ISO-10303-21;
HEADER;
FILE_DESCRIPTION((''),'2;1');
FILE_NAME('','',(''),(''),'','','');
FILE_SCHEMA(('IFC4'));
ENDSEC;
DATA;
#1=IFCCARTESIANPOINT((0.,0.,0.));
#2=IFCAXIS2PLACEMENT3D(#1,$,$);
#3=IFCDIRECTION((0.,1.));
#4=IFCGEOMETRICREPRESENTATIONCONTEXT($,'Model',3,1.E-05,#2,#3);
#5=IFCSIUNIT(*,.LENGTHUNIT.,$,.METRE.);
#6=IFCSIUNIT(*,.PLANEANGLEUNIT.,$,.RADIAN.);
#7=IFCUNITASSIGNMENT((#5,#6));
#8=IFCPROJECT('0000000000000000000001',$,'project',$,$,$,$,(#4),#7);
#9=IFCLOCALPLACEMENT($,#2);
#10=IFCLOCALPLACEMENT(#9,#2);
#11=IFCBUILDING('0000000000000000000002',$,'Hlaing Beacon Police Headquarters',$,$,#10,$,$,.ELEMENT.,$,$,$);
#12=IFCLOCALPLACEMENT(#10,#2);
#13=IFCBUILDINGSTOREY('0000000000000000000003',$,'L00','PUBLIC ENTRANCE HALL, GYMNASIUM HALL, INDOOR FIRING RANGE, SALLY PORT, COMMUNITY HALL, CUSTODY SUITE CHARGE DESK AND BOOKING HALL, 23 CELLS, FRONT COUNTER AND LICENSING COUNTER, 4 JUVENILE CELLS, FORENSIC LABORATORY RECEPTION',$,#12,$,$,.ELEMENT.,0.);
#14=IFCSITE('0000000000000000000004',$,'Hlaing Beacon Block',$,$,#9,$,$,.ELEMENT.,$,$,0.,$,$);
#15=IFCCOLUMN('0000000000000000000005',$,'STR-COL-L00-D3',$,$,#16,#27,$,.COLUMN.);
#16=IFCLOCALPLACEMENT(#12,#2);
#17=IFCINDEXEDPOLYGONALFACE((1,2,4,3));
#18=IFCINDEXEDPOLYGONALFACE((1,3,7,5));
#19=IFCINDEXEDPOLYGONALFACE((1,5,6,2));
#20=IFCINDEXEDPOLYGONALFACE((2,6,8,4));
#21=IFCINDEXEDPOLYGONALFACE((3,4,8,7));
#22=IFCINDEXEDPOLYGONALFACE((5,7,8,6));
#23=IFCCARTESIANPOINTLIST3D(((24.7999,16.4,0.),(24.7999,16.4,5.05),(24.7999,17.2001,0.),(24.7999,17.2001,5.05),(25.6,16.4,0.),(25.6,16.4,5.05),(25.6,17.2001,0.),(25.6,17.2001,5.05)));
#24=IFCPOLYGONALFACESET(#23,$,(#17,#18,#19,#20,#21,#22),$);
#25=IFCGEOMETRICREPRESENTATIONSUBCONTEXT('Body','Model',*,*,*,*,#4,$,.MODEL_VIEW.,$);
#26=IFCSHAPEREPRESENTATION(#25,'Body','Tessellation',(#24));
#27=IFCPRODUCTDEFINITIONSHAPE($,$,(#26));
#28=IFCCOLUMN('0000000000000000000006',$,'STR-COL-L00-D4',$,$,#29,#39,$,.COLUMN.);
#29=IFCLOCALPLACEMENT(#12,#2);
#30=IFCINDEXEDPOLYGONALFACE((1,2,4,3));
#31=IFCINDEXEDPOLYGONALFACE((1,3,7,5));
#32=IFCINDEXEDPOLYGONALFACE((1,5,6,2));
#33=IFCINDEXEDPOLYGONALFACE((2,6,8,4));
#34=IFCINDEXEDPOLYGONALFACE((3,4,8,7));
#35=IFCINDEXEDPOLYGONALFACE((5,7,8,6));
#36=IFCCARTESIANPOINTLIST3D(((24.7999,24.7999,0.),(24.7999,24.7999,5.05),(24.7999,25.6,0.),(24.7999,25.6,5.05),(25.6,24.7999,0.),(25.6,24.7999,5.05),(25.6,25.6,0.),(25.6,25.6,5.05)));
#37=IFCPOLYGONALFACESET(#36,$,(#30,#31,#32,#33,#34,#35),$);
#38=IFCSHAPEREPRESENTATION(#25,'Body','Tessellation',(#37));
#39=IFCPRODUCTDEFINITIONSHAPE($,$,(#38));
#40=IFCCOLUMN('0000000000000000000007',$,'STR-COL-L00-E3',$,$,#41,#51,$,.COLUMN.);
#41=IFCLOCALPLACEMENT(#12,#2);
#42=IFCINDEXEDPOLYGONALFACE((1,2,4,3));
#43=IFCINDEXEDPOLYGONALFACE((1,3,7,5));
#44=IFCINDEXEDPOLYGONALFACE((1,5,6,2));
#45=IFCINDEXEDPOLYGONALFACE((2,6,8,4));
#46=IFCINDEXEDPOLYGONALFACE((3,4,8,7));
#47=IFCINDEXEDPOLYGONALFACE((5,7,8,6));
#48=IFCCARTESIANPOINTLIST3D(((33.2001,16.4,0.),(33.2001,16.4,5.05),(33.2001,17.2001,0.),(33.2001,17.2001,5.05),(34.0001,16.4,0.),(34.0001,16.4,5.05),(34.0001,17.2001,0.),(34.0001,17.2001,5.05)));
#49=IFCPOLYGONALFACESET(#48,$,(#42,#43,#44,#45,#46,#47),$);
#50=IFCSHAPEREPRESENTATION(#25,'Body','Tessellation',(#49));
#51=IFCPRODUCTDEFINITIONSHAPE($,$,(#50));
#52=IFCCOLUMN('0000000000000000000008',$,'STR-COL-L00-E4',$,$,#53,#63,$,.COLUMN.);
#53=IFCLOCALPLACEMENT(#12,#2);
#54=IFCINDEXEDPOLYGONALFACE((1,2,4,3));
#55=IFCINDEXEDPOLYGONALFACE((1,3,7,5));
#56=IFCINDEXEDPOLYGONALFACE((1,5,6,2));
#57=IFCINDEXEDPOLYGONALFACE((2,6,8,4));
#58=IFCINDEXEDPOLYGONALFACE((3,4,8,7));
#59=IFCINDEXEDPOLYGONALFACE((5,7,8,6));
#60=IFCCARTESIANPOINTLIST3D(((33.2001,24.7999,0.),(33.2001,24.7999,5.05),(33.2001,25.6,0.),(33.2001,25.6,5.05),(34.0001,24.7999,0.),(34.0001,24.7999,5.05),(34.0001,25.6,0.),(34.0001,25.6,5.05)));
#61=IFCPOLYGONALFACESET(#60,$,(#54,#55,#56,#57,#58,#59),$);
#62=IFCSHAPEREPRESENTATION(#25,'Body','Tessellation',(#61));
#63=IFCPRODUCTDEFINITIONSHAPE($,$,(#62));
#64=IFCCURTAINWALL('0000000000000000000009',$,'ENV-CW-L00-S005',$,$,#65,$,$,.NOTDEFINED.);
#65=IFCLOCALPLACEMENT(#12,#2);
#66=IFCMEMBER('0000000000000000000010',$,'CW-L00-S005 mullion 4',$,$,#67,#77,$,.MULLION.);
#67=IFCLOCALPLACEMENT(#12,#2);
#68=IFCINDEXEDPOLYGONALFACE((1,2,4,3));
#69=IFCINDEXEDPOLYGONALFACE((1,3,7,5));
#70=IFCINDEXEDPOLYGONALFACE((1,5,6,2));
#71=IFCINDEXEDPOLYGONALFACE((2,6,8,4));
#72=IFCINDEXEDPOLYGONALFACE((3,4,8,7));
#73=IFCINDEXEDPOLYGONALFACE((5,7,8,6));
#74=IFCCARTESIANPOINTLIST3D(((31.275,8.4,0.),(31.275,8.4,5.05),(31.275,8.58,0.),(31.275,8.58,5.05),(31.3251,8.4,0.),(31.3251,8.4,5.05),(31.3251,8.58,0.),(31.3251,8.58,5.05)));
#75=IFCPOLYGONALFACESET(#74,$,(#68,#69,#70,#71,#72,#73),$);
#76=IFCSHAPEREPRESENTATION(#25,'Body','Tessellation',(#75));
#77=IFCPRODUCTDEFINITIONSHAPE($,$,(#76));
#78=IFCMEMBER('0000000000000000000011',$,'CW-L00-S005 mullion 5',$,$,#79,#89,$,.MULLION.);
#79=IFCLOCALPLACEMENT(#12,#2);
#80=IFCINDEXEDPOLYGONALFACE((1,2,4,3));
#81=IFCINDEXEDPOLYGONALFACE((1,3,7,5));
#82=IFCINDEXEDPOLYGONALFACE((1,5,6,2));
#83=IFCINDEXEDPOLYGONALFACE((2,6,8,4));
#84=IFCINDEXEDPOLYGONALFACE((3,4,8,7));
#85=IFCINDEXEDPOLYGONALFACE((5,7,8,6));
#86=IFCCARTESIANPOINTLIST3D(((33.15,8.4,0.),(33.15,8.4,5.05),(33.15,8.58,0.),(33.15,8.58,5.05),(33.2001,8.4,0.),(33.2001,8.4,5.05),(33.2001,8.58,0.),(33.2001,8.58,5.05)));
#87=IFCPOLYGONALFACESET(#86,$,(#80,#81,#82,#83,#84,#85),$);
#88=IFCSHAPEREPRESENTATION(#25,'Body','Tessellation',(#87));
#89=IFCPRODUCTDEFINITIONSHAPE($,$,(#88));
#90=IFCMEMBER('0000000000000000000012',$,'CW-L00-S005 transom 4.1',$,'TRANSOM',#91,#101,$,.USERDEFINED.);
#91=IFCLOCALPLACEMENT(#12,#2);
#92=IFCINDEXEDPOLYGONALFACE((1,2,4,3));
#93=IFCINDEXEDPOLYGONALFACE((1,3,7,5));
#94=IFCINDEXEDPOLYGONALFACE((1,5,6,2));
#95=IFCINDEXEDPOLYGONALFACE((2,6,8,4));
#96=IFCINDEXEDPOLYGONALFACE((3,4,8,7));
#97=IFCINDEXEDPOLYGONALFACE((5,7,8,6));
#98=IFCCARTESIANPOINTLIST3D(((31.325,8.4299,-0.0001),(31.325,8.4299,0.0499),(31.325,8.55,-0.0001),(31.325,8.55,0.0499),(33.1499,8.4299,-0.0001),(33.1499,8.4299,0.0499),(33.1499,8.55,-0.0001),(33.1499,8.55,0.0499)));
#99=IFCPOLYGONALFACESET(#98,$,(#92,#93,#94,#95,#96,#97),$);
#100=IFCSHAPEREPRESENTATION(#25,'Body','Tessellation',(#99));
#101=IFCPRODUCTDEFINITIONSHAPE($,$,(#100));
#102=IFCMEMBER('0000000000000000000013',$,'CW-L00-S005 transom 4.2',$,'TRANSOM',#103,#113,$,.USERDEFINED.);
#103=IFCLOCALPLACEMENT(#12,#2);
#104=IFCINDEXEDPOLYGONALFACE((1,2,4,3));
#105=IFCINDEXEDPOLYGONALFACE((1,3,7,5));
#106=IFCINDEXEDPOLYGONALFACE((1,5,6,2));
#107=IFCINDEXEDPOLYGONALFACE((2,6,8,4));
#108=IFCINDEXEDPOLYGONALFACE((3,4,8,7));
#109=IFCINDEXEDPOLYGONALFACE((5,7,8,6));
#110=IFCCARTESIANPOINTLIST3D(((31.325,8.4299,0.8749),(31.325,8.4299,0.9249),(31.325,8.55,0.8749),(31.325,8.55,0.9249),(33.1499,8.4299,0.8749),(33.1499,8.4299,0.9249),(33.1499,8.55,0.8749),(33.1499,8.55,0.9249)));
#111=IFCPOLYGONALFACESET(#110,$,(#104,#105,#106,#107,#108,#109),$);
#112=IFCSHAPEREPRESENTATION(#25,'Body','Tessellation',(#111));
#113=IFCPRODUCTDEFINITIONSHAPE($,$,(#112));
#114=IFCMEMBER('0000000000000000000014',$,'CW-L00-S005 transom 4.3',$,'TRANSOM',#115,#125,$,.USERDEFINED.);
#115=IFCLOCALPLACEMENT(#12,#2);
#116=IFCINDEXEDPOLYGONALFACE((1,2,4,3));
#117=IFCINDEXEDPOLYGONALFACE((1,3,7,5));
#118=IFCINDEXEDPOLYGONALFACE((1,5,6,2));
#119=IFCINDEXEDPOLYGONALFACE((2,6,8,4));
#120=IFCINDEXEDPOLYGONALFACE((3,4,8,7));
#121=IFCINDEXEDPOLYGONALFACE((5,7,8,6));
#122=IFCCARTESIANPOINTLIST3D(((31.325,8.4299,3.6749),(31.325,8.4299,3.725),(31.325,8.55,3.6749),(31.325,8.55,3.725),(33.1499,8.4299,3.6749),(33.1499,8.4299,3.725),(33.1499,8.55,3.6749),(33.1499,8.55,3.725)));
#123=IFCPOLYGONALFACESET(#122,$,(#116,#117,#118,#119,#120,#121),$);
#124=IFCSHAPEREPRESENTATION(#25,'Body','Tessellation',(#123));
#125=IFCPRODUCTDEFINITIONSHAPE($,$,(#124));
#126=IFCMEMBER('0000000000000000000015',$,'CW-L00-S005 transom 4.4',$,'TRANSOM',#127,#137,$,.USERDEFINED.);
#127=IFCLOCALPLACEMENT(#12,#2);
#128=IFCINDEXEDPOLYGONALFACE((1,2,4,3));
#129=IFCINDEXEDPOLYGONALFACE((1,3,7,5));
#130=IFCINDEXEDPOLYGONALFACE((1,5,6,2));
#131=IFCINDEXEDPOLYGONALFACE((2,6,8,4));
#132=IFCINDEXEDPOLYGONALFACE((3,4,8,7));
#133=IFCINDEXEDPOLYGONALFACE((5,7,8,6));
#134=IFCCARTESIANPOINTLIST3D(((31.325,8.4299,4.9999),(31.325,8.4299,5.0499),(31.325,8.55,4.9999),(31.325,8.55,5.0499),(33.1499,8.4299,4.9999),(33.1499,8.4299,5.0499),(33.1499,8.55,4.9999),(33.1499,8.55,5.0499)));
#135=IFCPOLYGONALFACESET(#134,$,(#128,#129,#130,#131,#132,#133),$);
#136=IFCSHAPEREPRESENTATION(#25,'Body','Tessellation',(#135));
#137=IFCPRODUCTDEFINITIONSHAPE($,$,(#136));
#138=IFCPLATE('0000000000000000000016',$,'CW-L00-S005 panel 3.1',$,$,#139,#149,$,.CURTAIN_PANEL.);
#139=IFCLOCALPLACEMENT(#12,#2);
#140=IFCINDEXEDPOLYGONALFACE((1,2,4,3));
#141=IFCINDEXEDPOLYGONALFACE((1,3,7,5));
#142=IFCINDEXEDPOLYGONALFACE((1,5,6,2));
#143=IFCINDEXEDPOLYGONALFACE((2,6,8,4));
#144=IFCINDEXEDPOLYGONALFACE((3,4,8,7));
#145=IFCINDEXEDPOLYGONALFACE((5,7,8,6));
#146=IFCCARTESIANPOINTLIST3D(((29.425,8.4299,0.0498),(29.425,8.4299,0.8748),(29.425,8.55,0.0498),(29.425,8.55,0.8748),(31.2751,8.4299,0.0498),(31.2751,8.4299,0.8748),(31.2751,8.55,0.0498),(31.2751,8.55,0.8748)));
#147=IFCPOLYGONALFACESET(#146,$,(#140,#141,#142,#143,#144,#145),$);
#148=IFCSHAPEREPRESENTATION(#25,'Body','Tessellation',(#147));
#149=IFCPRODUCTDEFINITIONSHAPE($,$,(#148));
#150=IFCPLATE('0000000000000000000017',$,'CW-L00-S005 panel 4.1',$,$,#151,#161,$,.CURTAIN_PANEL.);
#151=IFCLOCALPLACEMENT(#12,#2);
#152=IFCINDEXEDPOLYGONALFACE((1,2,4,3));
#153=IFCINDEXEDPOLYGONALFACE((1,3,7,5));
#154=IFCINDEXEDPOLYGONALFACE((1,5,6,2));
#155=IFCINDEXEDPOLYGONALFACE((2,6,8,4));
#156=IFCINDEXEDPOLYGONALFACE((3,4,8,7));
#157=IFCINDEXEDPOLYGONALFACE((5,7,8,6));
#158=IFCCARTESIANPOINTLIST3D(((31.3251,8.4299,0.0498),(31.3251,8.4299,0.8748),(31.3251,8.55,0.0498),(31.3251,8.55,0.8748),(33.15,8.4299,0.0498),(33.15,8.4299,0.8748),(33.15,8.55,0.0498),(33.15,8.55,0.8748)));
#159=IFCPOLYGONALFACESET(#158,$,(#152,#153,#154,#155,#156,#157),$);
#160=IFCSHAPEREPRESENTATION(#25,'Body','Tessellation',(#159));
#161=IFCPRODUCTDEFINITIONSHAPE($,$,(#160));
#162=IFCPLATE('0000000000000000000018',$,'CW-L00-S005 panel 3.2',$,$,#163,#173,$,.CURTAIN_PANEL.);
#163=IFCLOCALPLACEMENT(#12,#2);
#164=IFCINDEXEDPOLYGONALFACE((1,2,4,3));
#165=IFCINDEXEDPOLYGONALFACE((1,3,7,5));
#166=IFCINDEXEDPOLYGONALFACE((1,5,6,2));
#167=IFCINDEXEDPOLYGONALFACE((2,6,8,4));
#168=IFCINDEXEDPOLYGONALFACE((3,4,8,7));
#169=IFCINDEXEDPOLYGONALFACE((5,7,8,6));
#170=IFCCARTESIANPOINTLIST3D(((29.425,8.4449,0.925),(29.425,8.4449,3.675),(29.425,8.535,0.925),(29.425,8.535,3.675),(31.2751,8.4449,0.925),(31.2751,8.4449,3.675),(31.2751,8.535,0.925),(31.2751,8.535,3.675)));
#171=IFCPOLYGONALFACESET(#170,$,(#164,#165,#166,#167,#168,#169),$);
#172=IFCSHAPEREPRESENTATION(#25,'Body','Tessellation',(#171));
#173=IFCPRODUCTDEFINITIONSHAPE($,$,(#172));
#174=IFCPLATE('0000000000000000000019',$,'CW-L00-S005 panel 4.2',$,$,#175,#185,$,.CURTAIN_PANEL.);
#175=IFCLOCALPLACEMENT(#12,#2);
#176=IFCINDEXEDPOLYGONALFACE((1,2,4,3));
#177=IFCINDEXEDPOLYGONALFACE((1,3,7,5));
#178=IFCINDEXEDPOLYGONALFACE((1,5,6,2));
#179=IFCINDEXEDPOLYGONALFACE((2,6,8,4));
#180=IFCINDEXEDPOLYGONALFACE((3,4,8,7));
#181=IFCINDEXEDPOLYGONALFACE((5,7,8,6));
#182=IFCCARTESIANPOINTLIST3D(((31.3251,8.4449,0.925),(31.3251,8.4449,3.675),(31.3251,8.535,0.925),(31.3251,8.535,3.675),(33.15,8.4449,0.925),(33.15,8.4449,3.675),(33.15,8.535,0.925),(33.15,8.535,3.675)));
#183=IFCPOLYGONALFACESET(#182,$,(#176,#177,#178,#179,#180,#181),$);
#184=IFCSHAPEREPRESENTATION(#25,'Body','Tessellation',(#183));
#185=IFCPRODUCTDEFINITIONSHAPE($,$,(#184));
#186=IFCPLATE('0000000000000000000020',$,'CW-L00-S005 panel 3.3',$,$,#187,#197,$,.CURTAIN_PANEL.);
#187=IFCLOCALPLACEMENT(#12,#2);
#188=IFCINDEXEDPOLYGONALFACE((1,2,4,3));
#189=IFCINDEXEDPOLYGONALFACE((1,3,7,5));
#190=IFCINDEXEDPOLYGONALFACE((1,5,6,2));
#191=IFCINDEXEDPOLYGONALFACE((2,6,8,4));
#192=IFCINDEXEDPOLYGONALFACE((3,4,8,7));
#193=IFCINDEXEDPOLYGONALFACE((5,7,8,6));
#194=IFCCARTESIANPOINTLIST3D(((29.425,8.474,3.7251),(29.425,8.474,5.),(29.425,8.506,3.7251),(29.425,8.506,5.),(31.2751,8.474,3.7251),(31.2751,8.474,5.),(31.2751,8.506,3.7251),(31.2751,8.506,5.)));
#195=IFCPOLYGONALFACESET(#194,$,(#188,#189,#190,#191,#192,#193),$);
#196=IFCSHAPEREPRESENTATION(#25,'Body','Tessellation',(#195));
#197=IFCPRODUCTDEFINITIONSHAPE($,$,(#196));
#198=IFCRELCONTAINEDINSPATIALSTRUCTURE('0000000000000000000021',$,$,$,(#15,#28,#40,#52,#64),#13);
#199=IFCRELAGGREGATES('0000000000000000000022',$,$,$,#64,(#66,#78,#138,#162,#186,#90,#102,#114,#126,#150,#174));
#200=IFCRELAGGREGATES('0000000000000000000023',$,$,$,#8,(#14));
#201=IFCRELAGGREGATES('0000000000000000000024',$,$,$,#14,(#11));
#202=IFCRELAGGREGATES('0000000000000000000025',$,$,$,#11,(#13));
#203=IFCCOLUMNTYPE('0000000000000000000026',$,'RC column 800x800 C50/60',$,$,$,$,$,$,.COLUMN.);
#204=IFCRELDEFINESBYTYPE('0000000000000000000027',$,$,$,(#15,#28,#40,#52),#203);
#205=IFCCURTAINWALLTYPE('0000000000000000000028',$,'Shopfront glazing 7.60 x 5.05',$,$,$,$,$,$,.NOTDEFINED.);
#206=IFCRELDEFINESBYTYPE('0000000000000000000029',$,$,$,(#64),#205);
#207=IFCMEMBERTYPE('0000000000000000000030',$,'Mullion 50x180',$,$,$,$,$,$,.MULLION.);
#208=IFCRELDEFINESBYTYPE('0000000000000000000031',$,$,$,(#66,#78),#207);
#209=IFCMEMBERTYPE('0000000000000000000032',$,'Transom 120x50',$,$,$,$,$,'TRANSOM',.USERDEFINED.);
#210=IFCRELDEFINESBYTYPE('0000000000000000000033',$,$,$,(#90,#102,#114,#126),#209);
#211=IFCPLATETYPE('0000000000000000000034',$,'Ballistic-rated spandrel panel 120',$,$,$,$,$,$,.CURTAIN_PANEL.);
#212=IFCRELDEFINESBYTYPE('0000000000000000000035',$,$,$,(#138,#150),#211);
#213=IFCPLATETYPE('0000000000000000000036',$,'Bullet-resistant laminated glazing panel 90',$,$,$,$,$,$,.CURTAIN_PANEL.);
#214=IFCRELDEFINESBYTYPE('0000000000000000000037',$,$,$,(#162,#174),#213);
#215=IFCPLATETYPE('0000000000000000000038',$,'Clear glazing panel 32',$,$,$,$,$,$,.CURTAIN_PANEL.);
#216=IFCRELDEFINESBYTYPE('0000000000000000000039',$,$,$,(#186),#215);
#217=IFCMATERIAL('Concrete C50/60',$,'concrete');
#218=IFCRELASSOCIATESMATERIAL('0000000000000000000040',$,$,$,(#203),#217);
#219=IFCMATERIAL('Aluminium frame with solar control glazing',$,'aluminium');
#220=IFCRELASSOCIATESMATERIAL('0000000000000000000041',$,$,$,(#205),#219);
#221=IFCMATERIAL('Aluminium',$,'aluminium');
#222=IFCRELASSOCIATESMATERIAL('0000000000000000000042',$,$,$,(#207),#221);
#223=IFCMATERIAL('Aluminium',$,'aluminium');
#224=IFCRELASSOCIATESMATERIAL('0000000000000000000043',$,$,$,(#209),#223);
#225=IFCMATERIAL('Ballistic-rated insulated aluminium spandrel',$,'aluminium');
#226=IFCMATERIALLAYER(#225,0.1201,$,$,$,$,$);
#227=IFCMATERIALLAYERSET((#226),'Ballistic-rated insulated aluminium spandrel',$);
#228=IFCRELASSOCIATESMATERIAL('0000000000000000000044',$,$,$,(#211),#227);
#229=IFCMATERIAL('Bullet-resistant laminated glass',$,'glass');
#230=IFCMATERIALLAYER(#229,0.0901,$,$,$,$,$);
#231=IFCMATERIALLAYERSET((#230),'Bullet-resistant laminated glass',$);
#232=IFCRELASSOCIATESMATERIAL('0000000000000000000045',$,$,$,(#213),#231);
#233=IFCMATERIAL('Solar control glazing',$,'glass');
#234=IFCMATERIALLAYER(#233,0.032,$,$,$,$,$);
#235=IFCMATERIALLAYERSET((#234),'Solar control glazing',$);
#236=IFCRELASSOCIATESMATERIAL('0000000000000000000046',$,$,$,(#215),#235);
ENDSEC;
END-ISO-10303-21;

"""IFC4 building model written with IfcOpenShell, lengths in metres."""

from ifc_helpers import new_model, si_unit, direction, frame, origin, origin_2d, place, context, subcontext, project, spatial, rectangle, extrude, material, layer, layer_set, material_profile, profile_set, type_object, element, aggregate, save


model = new_model("IFC4")

# Units and contexts
model_context = context("Model", 3, precision=1e-05, world=origin(), true_north=direction((0.0, 1.0)))
body_context = subcontext(model_context, "Body", "Model", "MODEL_VIEW")
ifc_project = project(units=[si_unit("LENGTHUNIT", "METRE"), si_unit("PLANEANGLEUNIT", "RADIAN")], contexts=[model_context])

# Site, building, storey
site_placement = place(None, origin())
site = spatial("IfcSite", under=ifc_project, at=site_placement, Name="Hlaing Beacon Block", CompositionType="ELEMENT", RefElevation=0.0)
building_placement = place(site_placement, origin())
building = spatial("IfcBuilding", under=site, at=building_placement, Name="Hlaing Beacon Police Headquarters", CompositionType="ELEMENT")
storey_placement = place(building_placement, origin())
storey = spatial("IfcBuildingStorey", under=building, at=storey_placement, Name="L00", Description="PUBLIC ENTRANCE HALL, GYMNASIUM HALL, INDOOR FIRING RANGE, SALLY PORT, COMMUNITY HALL, CUSTODY SUITE CHARGE DESK AND BOOKING HALL, 23 CELLS, FRONT COUNTER AND LICENSING COUNTER, 4 JUVENILE CELLS, FORENSIC LABORATORY RECEPTION", CompositionType="ELEMENT", Elevation=0.0)

# Columns
ifc_material_1 = material(Name="Concrete C50/60", Category="concrete")
ifc_material_profile_1 = material_profile(ifc_material_1, rectangle(XDim=0.8, YDim=0.8, at=origin_2d()), Name="800x800")
ifc_profile_set_1 = profile_set([ifc_material_profile_1], Name="Concrete C50/60")
column_type = type_object("IfcColumnType", Name="RC column 800x800 C50/60", PredefinedType="COLUMN", material=ifc_profile_set_1)
for number, where, z_axis, x_axis, name in (
    (1, (25.2, 16.8, 0.0), (0.0, 0.0, 1.0), (1.0, 0.0, 0.0), "STR-COL-L00-D3"),
    (2, (25.2, 25.2, 0.0), (0.0, 0.0, 1.0), (1.0, 0.0, 0.0), "STR-COL-L00-D4"),
    (3, (33.6001, 16.8, 0.0), (0.0, 0.0, 1.0), (1.0, 0.0, 0.0), "STR-COL-L00-E3"),
    (4, (33.6001, 25.2, 0.0), (0.0, 0.0, 1.0), (1.0, 0.0, 0.0), "STR-COL-L00-E4"),
):
    element("IfcColumn", number, at=place(storey_placement, frame(where, z_axis=z_axis, x_axis=x_axis)), inside=storey, type_object=column_type, Name=name, PredefinedType="COLUMN", context=body_context, shape_type="SweptSolid", body=[
        extrude(rectangle(XDim=0.8, YDim=0.8, at=origin_2d()), origin(), (0.0, 0.0, 1.0), 5.05),
    ])

# Curtain wall, members, plates
ifc_material_2 = material(Name="Aluminium frame with solar control glazing", Category="aluminium")
curtain_wall_type = type_object("IfcCurtainWallType", Name="Shopfront glazing 7.60 x 5.05", PredefinedType="NOTDEFINED", material=ifc_material_2)
curtain_wall_placement = place(storey_placement, origin())
curtain_wall = element("IfcCurtainWall", 5, at=curtain_wall_placement, inside=storey, type_object=curtain_wall_type, Name="ENV-CW-L00-S005", PredefinedType="NOTDEFINED")
ifc_material_3 = material(Name="Aluminium", Category="aluminium")
ifc_material_profile_2 = material_profile(ifc_material_3, rectangle(XDim=0.1799, YDim=0.05, at=origin_2d()), Name="Mullion 50x180")
ifc_profile_set_2 = profile_set([ifc_material_profile_2], Name="Aluminium")
member_type_1 = type_object("IfcMemberType", Name="Mullion 50x180", PredefinedType="MULLION", material=ifc_profile_set_2)
member_1_placement = place(storey_placement, frame((31.3, 8.49, 0.0), z_axis=(0.0, 0.0, 1.0), x_axis=(0.0, 1.0, 0.0)))
member_1 = element("IfcMember", 6, at=member_1_placement, type_object=member_type_1, Name="CW-L00-S005 mullion 4", PredefinedType="MULLION", context=body_context, shape_type="SweptSolid", body=[
    extrude(rectangle(XDim=0.1799, YDim=0.05, at=origin_2d()), origin(), (0.0, 0.0, 1.0), 5.05),
])
member_2_placement = place(storey_placement, frame((33.175, 8.49, 0.0), z_axis=(0.0, 0.0, 1.0), x_axis=(0.0, 1.0, 0.0)))
member_2 = element("IfcMember", 7, at=member_2_placement, type_object=member_type_1, Name="CW-L00-S005 mullion 5", PredefinedType="MULLION", context=body_context, shape_type="SweptSolid", body=[
    extrude(rectangle(XDim=0.1799, YDim=0.05, at=origin_2d()), origin(), (0.0, 0.0, 1.0), 5.05),
])
ifc_material_4 = material(Name="Aluminium", Category="aluminium")
ifc_material_profile_3 = material_profile(ifc_material_4, rectangle(XDim=0.1201, YDim=0.05, at=origin_2d()), Name="Transom 120x50")
ifc_profile_set_3 = profile_set([ifc_material_profile_3], Name="Aluminium")
member_type_2 = type_object("IfcMemberType", Name="Transom 120x50", ElementType="TRANSOM", PredefinedType="USERDEFINED", material=ifc_profile_set_3)
member_3_placement = place(storey_placement, frame((31.325, 8.49, 0.0249), z_axis=(1.0, 0.0, 0.0), x_axis=(0.0, 1.0, 0.0)))
member_3 = element("IfcMember", 8, at=member_3_placement, type_object=member_type_2, Name="CW-L00-S005 transom 4.1", ObjectType="TRANSOM", PredefinedType="USERDEFINED", context=body_context, shape_type="SweptSolid", body=[
    extrude(rectangle(XDim=0.1201, YDim=0.05, at=origin_2d()), origin(), (0.0, 0.0, 1.0), 1.825),
])
member_4_placement = place(storey_placement, frame((31.325, 8.49, 0.8999), z_axis=(1.0, 0.0, 0.0), x_axis=(0.0, 1.0, 0.0)))
member_4 = element("IfcMember", 9, at=member_4_placement, type_object=member_type_2, Name="CW-L00-S005 transom 4.2", ObjectType="TRANSOM", PredefinedType="USERDEFINED", context=body_context, shape_type="SweptSolid", body=[
    extrude(rectangle(XDim=0.1201, YDim=0.05, at=origin_2d()), origin(), (0.0, 0.0, 1.0), 1.825),
])
member_5_placement = place(storey_placement, frame((31.325, 8.49, 3.7), z_axis=(1.0, 0.0, 0.0), x_axis=(0.0, 1.0, 0.0)))
member_5 = element("IfcMember", 10, at=member_5_placement, type_object=member_type_2, Name="CW-L00-S005 transom 4.3", ObjectType="TRANSOM", PredefinedType="USERDEFINED", context=body_context, shape_type="SweptSolid", body=[
    extrude(rectangle(XDim=0.1201, YDim=0.05, at=origin_2d()), origin(), (0.0, 0.0, 1.0), 1.825),
])
member_6_placement = place(storey_placement, frame((31.325, 8.49, 5.0249), z_axis=(1.0, 0.0, 0.0), x_axis=(0.0, 1.0, 0.0)))
member_6 = element("IfcMember", 11, at=member_6_placement, type_object=member_type_2, Name="CW-L00-S005 transom 4.4", ObjectType="TRANSOM", PredefinedType="USERDEFINED", context=body_context, shape_type="SweptSolid", body=[
    extrude(rectangle(XDim=0.1201, YDim=0.05, at=origin_2d()), origin(), (0.0, 0.0, 1.0), 1.825),
])
ifc_material_5 = material(Name="Ballistic-rated insulated aluminium spandrel", Category="aluminium")
ifc_layer_1 = layer(ifc_material_5, 0.1201)
ifc_layer_set_1 = layer_set([ifc_layer_1], Name="Ballistic-rated insulated aluminium spandrel")
plate_type_1 = type_object("IfcPlateType", Name="Ballistic-rated spandrel panel 120", PredefinedType="CURTAIN_PANEL", material=ifc_layer_set_1)
plate_1_placement = place(storey_placement, frame((30.3501, 8.49, 0.0498), z_axis=(0.0, 0.0, 1.0), x_axis=(1.0, 0.0, 0.0)))
plate_1 = element("IfcPlate", 12, at=plate_1_placement, type_object=plate_type_1, Name="CW-L00-S005 panel 3.1", PredefinedType="CURTAIN_PANEL", context=body_context, shape_type="SweptSolid", body=[
    extrude(rectangle(XDim=1.8501, YDim=0.1201, at=origin_2d()), origin(), (0.0, 0.0, 1.0), 0.825),
])
plate_2_placement = place(storey_placement, frame((32.2375, 8.49, 0.0498), z_axis=(0.0, 0.0, 1.0), x_axis=(1.0, 0.0, 0.0)))
plate_2 = element("IfcPlate", 13, at=plate_2_placement, type_object=plate_type_1, Name="CW-L00-S005 panel 4.1", PredefinedType="CURTAIN_PANEL", context=body_context, shape_type="SweptSolid", body=[
    extrude(rectangle(XDim=1.825, YDim=0.1201, at=origin_2d()), origin(), (0.0, 0.0, 1.0), 0.825),
])
ifc_material_6 = material(Name="Bullet-resistant laminated glass", Category="glass")
ifc_layer_2 = layer(ifc_material_6, 0.0901)
ifc_layer_set_2 = layer_set([ifc_layer_2], Name="Bullet-resistant laminated glass")
plate_type_2 = type_object("IfcPlateType", Name="Bullet-resistant laminated glazing panel 90", PredefinedType="CURTAIN_PANEL", material=ifc_layer_set_2)
plate_3_placement = place(storey_placement, frame((30.3501, 8.49, 0.925), z_axis=(0.0, 0.0, 1.0), x_axis=(1.0, 0.0, 0.0)))
plate_3 = element("IfcPlate", 14, at=plate_3_placement, type_object=plate_type_2, Name="CW-L00-S005 panel 3.2", PredefinedType="CURTAIN_PANEL", context=body_context, shape_type="SweptSolid", body=[
    extrude(rectangle(XDim=1.8501, YDim=0.0901, at=origin_2d()), origin(), (0.0, 0.0, 1.0), 2.75),
])
plate_4_placement = place(storey_placement, frame((32.2375, 8.49, 0.925), z_axis=(0.0, 0.0, 1.0), x_axis=(1.0, 0.0, 0.0)))
plate_4 = element("IfcPlate", 15, at=plate_4_placement, type_object=plate_type_2, Name="CW-L00-S005 panel 4.2", PredefinedType="CURTAIN_PANEL", context=body_context, shape_type="SweptSolid", body=[
    extrude(rectangle(XDim=1.825, YDim=0.0901, at=origin_2d()), origin(), (0.0, 0.0, 1.0), 2.75),
])
ifc_material_7 = material(Name="Solar control glazing", Category="glass")
ifc_layer_3 = layer(ifc_material_7, 0.032)
ifc_layer_set_3 = layer_set([ifc_layer_3], Name="Solar control glazing")
plate_type_3 = type_object("IfcPlateType", Name="Clear glazing panel 32", PredefinedType="CURTAIN_PANEL", material=ifc_layer_set_3)
plate_5_placement = place(storey_placement, frame((30.3501, 8.49, 3.7251), z_axis=(0.0, 0.0, 1.0), x_axis=(1.0, 0.0, 0.0)))
plate_5 = element("IfcPlate", 16, at=plate_5_placement, type_object=plate_type_3, Name="CW-L00-S005 panel 3.3", PredefinedType="CURTAIN_PANEL", context=body_context, shape_type="SweptSolid", body=[
    extrude(rectangle(XDim=1.8501, YDim=0.032, at=origin_2d()), origin(), (0.0, 0.0, 1.0), 1.2749),
])
aggregate(curtain_wall, [member_1, member_2, plate_1, plate_3, plate_5, member_3, member_4, member_5, member_6, plate_2, plate_4])

save(model, "model.ifc")
